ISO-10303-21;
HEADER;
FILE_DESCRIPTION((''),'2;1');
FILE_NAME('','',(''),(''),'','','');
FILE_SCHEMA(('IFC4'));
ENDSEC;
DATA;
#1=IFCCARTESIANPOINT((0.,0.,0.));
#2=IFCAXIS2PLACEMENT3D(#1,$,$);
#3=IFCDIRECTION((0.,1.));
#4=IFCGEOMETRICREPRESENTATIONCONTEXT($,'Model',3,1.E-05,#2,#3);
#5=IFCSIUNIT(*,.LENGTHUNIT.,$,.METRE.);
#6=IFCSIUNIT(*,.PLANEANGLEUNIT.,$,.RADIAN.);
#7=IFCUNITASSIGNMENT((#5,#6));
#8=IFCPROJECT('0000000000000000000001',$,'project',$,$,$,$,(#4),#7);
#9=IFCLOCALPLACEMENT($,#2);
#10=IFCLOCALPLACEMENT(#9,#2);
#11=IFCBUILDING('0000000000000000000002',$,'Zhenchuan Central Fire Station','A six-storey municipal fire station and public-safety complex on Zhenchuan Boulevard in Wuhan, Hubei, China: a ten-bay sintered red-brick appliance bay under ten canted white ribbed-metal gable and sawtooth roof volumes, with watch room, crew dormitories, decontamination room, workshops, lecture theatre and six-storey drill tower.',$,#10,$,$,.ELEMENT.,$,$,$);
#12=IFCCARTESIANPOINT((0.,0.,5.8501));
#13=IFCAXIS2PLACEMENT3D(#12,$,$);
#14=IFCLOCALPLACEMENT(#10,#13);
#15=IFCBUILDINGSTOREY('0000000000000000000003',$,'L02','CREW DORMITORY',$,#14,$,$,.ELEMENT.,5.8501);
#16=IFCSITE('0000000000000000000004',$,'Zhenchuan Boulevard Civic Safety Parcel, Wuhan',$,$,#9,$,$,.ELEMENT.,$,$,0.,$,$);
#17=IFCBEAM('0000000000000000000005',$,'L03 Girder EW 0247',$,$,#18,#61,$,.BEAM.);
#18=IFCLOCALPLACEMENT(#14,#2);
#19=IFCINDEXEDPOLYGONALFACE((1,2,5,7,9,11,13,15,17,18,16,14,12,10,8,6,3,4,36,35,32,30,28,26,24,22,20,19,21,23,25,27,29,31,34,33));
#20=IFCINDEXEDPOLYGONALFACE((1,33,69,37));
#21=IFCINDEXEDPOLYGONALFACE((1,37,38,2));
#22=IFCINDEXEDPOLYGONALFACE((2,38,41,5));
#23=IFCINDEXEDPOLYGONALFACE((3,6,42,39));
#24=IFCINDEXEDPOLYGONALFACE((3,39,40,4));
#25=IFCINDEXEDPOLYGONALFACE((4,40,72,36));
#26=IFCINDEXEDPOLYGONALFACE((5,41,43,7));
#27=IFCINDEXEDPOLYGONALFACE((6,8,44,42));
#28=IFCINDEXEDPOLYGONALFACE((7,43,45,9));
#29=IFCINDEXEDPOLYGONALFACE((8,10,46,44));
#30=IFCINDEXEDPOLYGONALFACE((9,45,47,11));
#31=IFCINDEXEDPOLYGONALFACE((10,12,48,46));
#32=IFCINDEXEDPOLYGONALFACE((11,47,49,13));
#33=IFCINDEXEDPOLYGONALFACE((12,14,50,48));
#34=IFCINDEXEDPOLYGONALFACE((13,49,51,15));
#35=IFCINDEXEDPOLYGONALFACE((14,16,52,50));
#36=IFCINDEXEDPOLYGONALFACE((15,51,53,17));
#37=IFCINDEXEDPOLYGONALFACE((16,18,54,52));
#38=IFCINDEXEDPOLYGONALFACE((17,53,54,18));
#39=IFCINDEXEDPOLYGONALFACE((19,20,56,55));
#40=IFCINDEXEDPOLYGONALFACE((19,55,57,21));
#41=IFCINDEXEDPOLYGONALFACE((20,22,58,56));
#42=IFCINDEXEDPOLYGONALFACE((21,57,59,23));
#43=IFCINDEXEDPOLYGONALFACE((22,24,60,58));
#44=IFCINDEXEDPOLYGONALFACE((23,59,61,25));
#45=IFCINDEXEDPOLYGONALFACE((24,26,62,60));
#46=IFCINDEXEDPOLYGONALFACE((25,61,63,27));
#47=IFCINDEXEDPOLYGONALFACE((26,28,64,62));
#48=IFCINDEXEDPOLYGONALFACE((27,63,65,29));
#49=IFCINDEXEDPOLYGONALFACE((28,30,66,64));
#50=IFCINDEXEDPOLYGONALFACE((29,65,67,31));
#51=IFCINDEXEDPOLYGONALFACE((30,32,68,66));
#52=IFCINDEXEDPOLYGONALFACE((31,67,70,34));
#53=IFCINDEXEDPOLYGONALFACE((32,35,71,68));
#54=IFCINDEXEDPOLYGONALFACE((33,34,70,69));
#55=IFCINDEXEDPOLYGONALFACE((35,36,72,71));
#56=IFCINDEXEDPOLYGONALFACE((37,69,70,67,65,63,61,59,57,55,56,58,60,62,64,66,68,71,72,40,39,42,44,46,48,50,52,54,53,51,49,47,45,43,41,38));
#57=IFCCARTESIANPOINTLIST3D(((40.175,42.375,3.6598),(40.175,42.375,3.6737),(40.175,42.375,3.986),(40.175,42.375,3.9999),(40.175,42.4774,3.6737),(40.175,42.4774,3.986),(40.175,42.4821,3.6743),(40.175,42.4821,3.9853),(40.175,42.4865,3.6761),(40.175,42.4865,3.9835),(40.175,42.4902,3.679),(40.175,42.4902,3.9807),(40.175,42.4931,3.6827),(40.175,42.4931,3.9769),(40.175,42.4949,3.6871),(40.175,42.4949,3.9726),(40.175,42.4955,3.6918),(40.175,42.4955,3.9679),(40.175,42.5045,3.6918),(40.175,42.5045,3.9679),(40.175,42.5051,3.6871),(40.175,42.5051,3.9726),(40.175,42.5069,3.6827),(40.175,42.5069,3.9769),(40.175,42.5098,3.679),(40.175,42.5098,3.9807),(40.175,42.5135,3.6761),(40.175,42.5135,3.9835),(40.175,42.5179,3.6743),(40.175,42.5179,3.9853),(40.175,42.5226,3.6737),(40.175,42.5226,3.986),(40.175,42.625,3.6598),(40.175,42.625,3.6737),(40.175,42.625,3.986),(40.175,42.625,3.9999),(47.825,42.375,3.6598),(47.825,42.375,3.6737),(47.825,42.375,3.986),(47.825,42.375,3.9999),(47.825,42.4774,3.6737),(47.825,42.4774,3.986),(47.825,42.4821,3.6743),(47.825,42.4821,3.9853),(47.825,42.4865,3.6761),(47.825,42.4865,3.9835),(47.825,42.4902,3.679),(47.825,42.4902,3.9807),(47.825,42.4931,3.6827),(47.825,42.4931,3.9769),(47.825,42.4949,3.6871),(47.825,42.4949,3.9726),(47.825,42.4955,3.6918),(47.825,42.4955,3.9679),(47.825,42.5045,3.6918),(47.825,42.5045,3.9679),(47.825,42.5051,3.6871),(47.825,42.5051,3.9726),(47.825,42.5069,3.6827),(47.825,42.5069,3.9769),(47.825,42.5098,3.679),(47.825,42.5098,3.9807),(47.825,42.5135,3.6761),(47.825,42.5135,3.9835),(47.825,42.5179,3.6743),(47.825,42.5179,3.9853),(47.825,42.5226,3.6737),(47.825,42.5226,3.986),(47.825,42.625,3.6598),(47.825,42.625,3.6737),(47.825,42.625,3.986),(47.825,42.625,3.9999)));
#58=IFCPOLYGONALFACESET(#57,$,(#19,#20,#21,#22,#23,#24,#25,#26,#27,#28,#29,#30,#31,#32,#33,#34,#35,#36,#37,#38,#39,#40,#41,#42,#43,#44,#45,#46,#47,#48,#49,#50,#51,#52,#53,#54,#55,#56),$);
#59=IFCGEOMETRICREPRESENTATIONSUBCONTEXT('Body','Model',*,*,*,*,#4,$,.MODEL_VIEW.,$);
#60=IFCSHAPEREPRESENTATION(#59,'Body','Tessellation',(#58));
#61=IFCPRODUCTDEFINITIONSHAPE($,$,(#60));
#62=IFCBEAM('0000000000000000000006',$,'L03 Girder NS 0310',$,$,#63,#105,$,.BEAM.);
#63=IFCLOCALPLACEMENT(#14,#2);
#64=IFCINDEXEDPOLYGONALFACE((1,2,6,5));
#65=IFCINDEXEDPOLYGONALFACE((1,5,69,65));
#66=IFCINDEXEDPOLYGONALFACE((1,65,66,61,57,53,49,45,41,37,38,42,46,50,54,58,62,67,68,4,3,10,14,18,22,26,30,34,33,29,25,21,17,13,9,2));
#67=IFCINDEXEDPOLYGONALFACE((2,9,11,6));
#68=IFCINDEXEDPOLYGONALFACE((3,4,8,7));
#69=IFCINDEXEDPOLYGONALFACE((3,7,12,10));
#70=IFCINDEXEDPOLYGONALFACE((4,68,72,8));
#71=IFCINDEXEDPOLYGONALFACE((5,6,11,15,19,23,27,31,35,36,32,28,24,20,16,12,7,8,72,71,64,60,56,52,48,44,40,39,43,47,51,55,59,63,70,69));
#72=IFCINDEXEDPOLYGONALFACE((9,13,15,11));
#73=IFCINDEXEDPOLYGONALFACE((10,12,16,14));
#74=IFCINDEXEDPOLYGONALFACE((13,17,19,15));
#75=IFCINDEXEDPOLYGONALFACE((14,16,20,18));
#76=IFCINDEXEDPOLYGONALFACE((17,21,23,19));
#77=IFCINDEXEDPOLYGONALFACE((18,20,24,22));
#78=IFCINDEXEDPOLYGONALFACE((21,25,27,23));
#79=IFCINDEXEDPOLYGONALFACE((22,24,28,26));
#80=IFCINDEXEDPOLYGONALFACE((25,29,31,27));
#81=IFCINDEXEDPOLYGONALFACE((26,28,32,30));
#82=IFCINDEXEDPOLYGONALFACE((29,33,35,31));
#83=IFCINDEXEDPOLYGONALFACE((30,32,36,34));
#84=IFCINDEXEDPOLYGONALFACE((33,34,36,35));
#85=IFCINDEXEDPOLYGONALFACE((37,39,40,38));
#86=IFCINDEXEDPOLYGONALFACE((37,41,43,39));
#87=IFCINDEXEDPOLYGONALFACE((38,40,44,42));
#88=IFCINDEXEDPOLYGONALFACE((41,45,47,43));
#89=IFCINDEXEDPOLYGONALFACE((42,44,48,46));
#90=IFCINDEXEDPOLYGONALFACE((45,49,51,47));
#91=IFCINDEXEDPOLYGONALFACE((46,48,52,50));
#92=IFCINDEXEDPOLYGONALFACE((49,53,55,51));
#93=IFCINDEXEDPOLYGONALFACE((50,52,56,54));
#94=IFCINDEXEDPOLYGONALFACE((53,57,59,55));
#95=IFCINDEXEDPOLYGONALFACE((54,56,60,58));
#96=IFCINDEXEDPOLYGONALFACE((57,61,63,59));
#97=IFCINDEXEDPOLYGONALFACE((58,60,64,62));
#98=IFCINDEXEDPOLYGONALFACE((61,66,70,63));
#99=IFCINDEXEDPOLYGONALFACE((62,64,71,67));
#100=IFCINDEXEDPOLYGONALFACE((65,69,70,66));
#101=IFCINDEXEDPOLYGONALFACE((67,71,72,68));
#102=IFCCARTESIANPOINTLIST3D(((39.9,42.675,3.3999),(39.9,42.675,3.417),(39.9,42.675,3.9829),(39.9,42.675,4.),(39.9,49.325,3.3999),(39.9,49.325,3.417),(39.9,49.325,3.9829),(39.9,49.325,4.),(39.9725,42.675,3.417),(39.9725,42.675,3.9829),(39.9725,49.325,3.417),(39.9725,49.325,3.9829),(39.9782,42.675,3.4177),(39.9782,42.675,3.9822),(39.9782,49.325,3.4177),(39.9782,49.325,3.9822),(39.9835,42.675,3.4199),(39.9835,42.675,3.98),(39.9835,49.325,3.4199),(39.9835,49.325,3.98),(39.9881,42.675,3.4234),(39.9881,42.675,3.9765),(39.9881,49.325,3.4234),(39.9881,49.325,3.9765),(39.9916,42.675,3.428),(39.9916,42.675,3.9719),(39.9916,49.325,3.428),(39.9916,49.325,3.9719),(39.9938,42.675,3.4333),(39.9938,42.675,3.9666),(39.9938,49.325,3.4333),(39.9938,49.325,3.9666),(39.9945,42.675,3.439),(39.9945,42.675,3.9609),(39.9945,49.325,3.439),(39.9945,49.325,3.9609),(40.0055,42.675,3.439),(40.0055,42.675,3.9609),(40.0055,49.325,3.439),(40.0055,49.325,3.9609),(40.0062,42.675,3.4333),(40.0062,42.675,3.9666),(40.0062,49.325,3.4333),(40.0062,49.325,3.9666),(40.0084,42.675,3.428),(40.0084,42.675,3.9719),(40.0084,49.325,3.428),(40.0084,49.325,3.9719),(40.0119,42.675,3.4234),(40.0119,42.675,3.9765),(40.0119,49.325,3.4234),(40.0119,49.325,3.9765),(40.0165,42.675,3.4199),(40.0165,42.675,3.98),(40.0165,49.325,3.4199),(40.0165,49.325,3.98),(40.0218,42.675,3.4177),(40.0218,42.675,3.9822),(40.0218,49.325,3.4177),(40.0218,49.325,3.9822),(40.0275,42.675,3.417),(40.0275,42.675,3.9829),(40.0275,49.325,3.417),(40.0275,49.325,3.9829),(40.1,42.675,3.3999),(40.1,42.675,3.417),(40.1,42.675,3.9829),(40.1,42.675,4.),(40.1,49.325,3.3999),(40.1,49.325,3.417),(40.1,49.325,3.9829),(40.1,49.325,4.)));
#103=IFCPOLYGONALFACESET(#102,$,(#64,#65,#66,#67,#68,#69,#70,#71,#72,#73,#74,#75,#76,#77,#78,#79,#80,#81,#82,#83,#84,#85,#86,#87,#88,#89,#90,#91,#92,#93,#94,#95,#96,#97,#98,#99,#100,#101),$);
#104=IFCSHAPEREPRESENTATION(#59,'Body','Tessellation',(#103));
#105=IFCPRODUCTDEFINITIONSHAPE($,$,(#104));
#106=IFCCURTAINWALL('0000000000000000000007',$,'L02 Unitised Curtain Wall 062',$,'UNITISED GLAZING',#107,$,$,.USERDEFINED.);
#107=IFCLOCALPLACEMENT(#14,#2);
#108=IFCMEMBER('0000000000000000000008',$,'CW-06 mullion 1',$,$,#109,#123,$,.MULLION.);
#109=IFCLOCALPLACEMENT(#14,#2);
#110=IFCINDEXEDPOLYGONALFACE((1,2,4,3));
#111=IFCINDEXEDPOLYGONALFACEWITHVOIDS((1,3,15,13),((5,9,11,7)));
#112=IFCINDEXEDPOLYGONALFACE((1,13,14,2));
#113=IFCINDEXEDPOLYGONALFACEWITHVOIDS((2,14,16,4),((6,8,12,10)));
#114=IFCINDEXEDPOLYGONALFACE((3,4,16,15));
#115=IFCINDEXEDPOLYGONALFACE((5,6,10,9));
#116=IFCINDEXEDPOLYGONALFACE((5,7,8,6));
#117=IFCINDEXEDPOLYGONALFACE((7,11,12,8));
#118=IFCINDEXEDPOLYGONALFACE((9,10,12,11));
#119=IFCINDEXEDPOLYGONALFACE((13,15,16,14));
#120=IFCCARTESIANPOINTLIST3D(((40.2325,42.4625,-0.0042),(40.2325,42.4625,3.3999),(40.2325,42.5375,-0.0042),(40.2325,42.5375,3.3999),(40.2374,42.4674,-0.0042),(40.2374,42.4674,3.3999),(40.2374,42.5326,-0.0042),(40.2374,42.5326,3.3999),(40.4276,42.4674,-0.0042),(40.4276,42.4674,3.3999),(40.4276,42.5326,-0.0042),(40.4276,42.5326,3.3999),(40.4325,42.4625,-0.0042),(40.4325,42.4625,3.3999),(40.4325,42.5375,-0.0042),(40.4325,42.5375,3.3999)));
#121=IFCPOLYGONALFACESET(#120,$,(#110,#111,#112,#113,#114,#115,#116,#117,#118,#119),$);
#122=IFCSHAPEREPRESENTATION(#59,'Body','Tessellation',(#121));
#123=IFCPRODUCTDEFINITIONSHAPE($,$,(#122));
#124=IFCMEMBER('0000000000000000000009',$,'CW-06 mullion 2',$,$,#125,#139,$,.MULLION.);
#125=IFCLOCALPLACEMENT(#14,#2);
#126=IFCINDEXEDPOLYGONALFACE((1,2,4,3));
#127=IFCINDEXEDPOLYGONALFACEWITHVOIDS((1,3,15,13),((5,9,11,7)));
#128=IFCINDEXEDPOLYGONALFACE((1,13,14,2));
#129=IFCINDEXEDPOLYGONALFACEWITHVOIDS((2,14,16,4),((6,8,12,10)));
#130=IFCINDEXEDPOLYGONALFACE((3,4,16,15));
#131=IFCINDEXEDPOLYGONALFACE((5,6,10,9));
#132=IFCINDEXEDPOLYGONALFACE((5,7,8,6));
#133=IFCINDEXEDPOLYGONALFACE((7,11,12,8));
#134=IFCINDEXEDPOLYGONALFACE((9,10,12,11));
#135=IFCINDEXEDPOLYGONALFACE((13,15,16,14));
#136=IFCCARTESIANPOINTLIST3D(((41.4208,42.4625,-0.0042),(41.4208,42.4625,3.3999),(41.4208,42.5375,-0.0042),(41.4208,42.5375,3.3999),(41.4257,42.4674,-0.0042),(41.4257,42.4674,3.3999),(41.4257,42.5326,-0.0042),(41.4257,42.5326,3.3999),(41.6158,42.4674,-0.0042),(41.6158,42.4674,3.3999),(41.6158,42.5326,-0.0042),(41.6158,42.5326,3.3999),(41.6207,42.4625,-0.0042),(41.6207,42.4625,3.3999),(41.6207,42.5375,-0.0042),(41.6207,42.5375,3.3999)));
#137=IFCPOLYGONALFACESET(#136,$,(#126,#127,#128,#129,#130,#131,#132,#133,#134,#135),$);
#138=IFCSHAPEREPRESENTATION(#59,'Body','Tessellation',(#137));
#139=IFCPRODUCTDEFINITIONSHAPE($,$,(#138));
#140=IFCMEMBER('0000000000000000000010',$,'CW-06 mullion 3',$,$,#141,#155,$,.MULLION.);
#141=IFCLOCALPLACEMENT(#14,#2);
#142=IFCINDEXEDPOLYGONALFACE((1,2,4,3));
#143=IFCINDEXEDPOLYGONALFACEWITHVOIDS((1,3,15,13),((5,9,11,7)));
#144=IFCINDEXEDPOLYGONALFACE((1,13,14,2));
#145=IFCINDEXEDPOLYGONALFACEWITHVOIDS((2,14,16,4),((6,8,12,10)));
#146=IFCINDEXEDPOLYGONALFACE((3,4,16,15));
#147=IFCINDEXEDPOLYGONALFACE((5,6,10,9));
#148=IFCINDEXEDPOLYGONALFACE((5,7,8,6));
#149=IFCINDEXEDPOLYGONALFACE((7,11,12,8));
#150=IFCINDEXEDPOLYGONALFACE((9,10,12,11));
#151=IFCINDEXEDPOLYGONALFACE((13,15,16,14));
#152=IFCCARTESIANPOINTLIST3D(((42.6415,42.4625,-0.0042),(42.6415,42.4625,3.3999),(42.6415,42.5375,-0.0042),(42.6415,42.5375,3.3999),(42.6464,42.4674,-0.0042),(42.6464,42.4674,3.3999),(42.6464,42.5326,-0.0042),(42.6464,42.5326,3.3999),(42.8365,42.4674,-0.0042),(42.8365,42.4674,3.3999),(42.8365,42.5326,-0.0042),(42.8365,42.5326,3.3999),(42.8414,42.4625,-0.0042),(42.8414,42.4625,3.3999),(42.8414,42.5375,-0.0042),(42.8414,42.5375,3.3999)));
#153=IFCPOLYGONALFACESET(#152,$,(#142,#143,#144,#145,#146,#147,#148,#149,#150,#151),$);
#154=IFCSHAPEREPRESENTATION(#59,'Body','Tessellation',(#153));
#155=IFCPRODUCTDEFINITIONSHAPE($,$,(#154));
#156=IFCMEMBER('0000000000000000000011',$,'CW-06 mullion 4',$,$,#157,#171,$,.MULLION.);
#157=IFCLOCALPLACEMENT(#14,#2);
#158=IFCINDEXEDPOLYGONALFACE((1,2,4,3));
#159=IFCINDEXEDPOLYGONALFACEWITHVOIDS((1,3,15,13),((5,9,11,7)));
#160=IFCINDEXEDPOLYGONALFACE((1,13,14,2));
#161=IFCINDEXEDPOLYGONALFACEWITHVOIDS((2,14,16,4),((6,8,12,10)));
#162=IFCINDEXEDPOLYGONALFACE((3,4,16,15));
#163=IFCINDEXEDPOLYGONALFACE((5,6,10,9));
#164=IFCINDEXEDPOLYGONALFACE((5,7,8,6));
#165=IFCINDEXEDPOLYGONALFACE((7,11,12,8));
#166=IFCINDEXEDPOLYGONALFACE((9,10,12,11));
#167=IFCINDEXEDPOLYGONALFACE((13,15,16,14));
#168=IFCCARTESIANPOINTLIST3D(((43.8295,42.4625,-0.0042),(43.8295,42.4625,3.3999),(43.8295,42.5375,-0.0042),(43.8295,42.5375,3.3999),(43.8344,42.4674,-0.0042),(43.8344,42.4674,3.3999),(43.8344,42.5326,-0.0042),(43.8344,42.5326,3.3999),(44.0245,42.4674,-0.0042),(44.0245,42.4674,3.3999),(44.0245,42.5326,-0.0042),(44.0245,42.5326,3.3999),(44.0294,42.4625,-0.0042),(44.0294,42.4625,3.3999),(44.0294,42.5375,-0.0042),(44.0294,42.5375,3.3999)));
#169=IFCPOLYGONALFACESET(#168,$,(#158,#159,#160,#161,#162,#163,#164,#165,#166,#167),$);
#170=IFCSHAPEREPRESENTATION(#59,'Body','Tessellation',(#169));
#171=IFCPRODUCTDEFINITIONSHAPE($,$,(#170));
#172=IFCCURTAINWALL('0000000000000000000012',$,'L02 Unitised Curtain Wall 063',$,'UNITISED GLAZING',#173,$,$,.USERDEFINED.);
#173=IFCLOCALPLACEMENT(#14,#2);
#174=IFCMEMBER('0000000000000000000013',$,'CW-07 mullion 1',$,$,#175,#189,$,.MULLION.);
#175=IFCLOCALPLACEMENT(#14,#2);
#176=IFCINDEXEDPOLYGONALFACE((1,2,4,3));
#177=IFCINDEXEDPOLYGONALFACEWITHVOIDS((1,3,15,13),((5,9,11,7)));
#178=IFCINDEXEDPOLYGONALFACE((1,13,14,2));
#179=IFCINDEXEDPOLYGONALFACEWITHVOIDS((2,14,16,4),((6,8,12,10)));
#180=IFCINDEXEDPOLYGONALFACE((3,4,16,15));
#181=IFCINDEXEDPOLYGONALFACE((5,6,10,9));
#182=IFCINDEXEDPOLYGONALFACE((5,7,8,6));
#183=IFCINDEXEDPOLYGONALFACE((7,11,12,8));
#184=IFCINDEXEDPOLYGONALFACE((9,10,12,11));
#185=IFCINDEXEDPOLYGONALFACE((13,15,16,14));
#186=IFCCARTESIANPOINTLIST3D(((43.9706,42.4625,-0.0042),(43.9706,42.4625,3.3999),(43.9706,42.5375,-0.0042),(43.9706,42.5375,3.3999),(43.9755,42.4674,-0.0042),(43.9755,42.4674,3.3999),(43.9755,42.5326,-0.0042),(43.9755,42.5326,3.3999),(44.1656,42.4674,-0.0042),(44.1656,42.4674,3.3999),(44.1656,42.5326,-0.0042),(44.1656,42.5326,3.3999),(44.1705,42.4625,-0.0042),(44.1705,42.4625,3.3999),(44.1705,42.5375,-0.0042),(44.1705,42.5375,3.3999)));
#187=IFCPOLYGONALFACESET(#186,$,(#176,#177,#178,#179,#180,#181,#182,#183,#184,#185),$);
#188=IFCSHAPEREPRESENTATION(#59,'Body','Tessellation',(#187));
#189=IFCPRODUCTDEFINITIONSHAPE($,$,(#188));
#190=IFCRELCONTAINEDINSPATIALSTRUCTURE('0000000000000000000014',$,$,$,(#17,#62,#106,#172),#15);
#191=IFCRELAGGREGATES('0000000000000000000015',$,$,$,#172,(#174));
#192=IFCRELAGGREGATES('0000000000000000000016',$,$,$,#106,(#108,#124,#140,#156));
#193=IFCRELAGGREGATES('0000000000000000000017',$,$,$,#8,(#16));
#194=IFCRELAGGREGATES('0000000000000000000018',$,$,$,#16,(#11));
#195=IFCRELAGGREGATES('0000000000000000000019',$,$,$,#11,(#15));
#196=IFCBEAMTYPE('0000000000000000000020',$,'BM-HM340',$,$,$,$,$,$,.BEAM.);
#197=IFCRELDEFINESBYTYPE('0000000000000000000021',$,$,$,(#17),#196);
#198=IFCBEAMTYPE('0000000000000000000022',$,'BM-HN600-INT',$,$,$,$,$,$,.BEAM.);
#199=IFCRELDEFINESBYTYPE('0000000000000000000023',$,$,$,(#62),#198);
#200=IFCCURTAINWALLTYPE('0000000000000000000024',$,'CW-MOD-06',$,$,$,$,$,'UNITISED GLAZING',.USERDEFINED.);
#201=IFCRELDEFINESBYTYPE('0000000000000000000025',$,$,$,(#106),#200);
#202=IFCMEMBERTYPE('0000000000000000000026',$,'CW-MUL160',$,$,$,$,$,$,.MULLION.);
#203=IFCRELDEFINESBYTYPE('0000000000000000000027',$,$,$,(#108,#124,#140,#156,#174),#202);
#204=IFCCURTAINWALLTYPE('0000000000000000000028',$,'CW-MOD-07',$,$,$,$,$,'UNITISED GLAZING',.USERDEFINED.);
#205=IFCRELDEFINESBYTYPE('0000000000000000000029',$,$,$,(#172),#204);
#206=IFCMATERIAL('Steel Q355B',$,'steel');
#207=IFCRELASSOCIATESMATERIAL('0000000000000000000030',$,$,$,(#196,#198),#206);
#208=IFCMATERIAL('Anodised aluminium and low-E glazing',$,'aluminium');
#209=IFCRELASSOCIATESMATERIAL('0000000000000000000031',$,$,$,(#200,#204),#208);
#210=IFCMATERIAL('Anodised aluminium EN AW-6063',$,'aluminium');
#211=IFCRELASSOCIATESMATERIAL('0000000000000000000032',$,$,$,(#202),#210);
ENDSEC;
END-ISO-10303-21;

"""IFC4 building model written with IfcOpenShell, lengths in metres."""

from ifc_helpers import new_model, si_unit, direction, frame, origin, origin_2d, place, context, subcontext, project, spatial, hollow_rectangle, i_section, extrude, material, material_profile, profile_set, type_object, element, aggregate, save


model = new_model("IFC4")

# Units and contexts
model_context = context("Model", 3, precision=1e-05, world=origin(), true_north=direction((0.0, 1.0)))
body_context = subcontext(model_context, "Body", "Model", "MODEL_VIEW")
ifc_project = project(units=[si_unit("LENGTHUNIT", "METRE"), si_unit("PLANEANGLEUNIT", "RADIAN")], contexts=[model_context])

# Site, building, storey
site_placement = place(None, origin())
site = spatial("IfcSite", under=ifc_project, at=site_placement, Name="Zhenchuan Boulevard Civic Safety Parcel, Wuhan", CompositionType="ELEMENT", RefElevation=0.0)
building_placement = place(site_placement, origin())
building = spatial("IfcBuilding", under=site, at=building_placement, Name="Zhenchuan Central Fire Station", Description="A six-storey municipal fire station and public-safety complex on Zhenchuan Boulevard in Wuhan, Hubei, China: a ten-bay sintered red-brick appliance bay under ten canted white ribbed-metal gable and sawtooth roof volumes, with watch room, crew dormitories, decontamination room, workshops, lecture theatre and six-storey drill tower.", CompositionType="ELEMENT")
storey_placement = place(building_placement, frame((0.0, 0.0, 5.8501)))
storey = spatial("IfcBuildingStorey", under=building, at=storey_placement, Name="L02", Description="CREW DORMITORY", CompositionType="ELEMENT", Elevation=5.8501)

# Beams
ifc_material_1 = material(Name="Steel Q355B", Category="steel")
ifc_material_profile_1 = material_profile(ifc_material_1, i_section(OverallWidth=0.25, OverallDepth=0.3401, WebThickness=0.009, FlangeThickness=0.0139, FilletRadius=0.0181, at=origin_2d()), Name="HM 340x250")
ifc_profile_set_1 = profile_set([ifc_material_profile_1], Name="Steel Q355B")
beam_type_1 = type_object("IfcBeamType", Name="BM-HM340", PredefinedType="BEAM", material=ifc_profile_set_1)
beam_1_placement = place(storey_placement, frame((40.175, 42.5, 3.8298), z_axis=(1.0, 0.0, 0.0), x_axis=(0.0, 1.0, 0.0)))
element("IfcBeam", 1, at=beam_1_placement, inside=storey, type_object=beam_type_1, Name="L03 Girder EW 0247", PredefinedType="BEAM", context=body_context, shape_type="SweptSolid", body=[
    extrude(i_section(OverallWidth=0.25, OverallDepth=0.3401, WebThickness=0.009, FlangeThickness=0.0139, FilletRadius=0.0181, at=origin_2d()), origin(), (0.0, 0.0, 1.0), 7.6499),
])
ifc_material_profile_2 = material_profile(ifc_material_1, i_section(OverallWidth=0.2, OverallDepth=0.6001, WebThickness=0.011, FlangeThickness=0.0171, FilletRadius=0.022, at=origin_2d()), Name="HN 600x200")
ifc_profile_set_2 = profile_set([ifc_material_profile_2], Name="Steel Q355B")
beam_type_2 = type_object("IfcBeamType", Name="BM-HN600-INT", PredefinedType="BEAM", material=ifc_profile_set_2)
beam_2_placement = place(storey_placement, frame((40.0, 42.675, 3.7), z_axis=(0.0, 1.0, 0.0), x_axis=(-1.0, 0.0, 0.0)))
element("IfcBeam", 2, at=beam_2_placement, inside=storey, type_object=beam_type_2, Name="L03 Girder NS 0310", PredefinedType="BEAM", context=body_context, shape_type="SweptSolid", body=[
    extrude(i_section(OverallWidth=0.2, OverallDepth=0.6001, WebThickness=0.011, FlangeThickness=0.0171, FilletRadius=0.022, at=origin_2d()), origin(), (0.0, 0.0, 1.0), 6.6499),
])

# Curtain wall, members
ifc_material_2 = material(Name="Anodised aluminium and low-E glazing", Category="aluminium")
curtain_wall_type_1 = type_object("IfcCurtainWallType", Name="CW-MOD-06", ElementType="UNITISED GLAZING", PredefinedType="USERDEFINED", material=ifc_material_2)
curtain_wall_1_placement = place(storey_placement, origin())
curtain_wall_1 = element("IfcCurtainWall", 3, at=curtain_wall_1_placement, inside=storey, type_object=curtain_wall_type_1, Name="L02 Unitised Curtain Wall 062", ObjectType="UNITISED GLAZING", PredefinedType="USERDEFINED")
ifc_material_3 = material(Name="Anodised aluminium EN AW-6063", Category="aluminium")
ifc_material_profile_3 = material_profile(ifc_material_3, hollow_rectangle(XDim=0.075, YDim=0.2, WallThickness=0.0049, at=origin_2d()), Name="ALU-M 200x75")
ifc_profile_set_3 = profile_set([ifc_material_profile_3], Name="Anodised aluminium EN AW-6063")
member_type_1 = type_object("IfcMemberType", Name="CW-MUL160", PredefinedType="MULLION", material=ifc_profile_set_3)
member_1_placement = place(storey_placement, frame((40.3325, 42.5, -0.0042), z_axis=(0.0, 0.0, 1.0), x_axis=(0.0, 1.0, 0.0)))
member_1 = element("IfcMember", 4, at=member_1_placement, type_object=member_type_1, Name="CW-06 mullion 1", PredefinedType="MULLION", context=body_context, shape_type="SweptSolid", body=[
    extrude(hollow_rectangle(XDim=0.075, YDim=0.2, WallThickness=0.0049, at=origin_2d()), origin(), (0.0, 0.0, 1.0), 3.4041),
])
member_2_placement = place(storey_placement, frame((41.5208, 42.5, -0.0042), z_axis=(0.0, 0.0, 1.0), x_axis=(0.0, 1.0, 0.0)))
member_2 = element("IfcMember", 5, at=member_2_placement, type_object=member_type_1, Name="CW-06 mullion 2", PredefinedType="MULLION", context=body_context, shape_type="SweptSolid", body=[
    extrude(hollow_rectangle(XDim=0.075, YDim=0.2, WallThickness=0.0049, at=origin_2d()), origin(), (0.0, 0.0, 1.0), 3.4041),
])
member_3_placement = place(storey_placement, frame((42.7415, 42.5, -0.0042), z_axis=(0.0, 0.0, 1.0), x_axis=(0.0, 1.0, 0.0)))
member_3 = element("IfcMember", 6, at=member_3_placement, type_object=member_type_1, Name="CW-06 mullion 3", PredefinedType="MULLION", context=body_context, shape_type="SweptSolid", body=[
    extrude(hollow_rectangle(XDim=0.075, YDim=0.2, WallThickness=0.0049, at=origin_2d()), origin(), (0.0, 0.0, 1.0), 3.4041),
])
member_4_placement = place(storey_placement, frame((43.9294, 42.5, -0.0042), z_axis=(0.0, 0.0, 1.0), x_axis=(0.0, 1.0, 0.0)))
member_4 = element("IfcMember", 7, at=member_4_placement, type_object=member_type_1, Name="CW-06 mullion 4", PredefinedType="MULLION", context=body_context, shape_type="SweptSolid", body=[
    extrude(hollow_rectangle(XDim=0.075, YDim=0.2, WallThickness=0.0049, at=origin_2d()), origin(), (0.0, 0.0, 1.0), 3.4041),
])

# Curtain wall, member
curtain_wall_type_2 = type_object("IfcCurtainWallType", Name="CW-MOD-07", ElementType="UNITISED GLAZING", PredefinedType="USERDEFINED", material=ifc_material_2)
curtain_wall_2_placement = place(storey_placement, origin())
curtain_wall_2 = element("IfcCurtainWall", 8, at=curtain_wall_2_placement, inside=storey, type_object=curtain_wall_type_2, Name="L02 Unitised Curtain Wall 063", ObjectType="UNITISED GLAZING", PredefinedType="USERDEFINED")
member_5_placement = place(storey_placement, frame((44.0706, 42.5, -0.0042), z_axis=(0.0, 0.0, 1.0), x_axis=(0.0, 1.0, 0.0)))
member_5 = element("IfcMember", 9, at=member_5_placement, type_object=member_type_1, Name="CW-07 mullion 1", PredefinedType="MULLION", context=body_context, shape_type="SweptSolid", body=[
    extrude(hollow_rectangle(XDim=0.075, YDim=0.2, WallThickness=0.0049, at=origin_2d()), origin(), (0.0, 0.0, 1.0), 3.4041),
])

aggregate(curtain_wall_2, [member_5])

aggregate(curtain_wall_1, [member_1, member_2, member_3, member_4])

save(model, "model.ifc")
